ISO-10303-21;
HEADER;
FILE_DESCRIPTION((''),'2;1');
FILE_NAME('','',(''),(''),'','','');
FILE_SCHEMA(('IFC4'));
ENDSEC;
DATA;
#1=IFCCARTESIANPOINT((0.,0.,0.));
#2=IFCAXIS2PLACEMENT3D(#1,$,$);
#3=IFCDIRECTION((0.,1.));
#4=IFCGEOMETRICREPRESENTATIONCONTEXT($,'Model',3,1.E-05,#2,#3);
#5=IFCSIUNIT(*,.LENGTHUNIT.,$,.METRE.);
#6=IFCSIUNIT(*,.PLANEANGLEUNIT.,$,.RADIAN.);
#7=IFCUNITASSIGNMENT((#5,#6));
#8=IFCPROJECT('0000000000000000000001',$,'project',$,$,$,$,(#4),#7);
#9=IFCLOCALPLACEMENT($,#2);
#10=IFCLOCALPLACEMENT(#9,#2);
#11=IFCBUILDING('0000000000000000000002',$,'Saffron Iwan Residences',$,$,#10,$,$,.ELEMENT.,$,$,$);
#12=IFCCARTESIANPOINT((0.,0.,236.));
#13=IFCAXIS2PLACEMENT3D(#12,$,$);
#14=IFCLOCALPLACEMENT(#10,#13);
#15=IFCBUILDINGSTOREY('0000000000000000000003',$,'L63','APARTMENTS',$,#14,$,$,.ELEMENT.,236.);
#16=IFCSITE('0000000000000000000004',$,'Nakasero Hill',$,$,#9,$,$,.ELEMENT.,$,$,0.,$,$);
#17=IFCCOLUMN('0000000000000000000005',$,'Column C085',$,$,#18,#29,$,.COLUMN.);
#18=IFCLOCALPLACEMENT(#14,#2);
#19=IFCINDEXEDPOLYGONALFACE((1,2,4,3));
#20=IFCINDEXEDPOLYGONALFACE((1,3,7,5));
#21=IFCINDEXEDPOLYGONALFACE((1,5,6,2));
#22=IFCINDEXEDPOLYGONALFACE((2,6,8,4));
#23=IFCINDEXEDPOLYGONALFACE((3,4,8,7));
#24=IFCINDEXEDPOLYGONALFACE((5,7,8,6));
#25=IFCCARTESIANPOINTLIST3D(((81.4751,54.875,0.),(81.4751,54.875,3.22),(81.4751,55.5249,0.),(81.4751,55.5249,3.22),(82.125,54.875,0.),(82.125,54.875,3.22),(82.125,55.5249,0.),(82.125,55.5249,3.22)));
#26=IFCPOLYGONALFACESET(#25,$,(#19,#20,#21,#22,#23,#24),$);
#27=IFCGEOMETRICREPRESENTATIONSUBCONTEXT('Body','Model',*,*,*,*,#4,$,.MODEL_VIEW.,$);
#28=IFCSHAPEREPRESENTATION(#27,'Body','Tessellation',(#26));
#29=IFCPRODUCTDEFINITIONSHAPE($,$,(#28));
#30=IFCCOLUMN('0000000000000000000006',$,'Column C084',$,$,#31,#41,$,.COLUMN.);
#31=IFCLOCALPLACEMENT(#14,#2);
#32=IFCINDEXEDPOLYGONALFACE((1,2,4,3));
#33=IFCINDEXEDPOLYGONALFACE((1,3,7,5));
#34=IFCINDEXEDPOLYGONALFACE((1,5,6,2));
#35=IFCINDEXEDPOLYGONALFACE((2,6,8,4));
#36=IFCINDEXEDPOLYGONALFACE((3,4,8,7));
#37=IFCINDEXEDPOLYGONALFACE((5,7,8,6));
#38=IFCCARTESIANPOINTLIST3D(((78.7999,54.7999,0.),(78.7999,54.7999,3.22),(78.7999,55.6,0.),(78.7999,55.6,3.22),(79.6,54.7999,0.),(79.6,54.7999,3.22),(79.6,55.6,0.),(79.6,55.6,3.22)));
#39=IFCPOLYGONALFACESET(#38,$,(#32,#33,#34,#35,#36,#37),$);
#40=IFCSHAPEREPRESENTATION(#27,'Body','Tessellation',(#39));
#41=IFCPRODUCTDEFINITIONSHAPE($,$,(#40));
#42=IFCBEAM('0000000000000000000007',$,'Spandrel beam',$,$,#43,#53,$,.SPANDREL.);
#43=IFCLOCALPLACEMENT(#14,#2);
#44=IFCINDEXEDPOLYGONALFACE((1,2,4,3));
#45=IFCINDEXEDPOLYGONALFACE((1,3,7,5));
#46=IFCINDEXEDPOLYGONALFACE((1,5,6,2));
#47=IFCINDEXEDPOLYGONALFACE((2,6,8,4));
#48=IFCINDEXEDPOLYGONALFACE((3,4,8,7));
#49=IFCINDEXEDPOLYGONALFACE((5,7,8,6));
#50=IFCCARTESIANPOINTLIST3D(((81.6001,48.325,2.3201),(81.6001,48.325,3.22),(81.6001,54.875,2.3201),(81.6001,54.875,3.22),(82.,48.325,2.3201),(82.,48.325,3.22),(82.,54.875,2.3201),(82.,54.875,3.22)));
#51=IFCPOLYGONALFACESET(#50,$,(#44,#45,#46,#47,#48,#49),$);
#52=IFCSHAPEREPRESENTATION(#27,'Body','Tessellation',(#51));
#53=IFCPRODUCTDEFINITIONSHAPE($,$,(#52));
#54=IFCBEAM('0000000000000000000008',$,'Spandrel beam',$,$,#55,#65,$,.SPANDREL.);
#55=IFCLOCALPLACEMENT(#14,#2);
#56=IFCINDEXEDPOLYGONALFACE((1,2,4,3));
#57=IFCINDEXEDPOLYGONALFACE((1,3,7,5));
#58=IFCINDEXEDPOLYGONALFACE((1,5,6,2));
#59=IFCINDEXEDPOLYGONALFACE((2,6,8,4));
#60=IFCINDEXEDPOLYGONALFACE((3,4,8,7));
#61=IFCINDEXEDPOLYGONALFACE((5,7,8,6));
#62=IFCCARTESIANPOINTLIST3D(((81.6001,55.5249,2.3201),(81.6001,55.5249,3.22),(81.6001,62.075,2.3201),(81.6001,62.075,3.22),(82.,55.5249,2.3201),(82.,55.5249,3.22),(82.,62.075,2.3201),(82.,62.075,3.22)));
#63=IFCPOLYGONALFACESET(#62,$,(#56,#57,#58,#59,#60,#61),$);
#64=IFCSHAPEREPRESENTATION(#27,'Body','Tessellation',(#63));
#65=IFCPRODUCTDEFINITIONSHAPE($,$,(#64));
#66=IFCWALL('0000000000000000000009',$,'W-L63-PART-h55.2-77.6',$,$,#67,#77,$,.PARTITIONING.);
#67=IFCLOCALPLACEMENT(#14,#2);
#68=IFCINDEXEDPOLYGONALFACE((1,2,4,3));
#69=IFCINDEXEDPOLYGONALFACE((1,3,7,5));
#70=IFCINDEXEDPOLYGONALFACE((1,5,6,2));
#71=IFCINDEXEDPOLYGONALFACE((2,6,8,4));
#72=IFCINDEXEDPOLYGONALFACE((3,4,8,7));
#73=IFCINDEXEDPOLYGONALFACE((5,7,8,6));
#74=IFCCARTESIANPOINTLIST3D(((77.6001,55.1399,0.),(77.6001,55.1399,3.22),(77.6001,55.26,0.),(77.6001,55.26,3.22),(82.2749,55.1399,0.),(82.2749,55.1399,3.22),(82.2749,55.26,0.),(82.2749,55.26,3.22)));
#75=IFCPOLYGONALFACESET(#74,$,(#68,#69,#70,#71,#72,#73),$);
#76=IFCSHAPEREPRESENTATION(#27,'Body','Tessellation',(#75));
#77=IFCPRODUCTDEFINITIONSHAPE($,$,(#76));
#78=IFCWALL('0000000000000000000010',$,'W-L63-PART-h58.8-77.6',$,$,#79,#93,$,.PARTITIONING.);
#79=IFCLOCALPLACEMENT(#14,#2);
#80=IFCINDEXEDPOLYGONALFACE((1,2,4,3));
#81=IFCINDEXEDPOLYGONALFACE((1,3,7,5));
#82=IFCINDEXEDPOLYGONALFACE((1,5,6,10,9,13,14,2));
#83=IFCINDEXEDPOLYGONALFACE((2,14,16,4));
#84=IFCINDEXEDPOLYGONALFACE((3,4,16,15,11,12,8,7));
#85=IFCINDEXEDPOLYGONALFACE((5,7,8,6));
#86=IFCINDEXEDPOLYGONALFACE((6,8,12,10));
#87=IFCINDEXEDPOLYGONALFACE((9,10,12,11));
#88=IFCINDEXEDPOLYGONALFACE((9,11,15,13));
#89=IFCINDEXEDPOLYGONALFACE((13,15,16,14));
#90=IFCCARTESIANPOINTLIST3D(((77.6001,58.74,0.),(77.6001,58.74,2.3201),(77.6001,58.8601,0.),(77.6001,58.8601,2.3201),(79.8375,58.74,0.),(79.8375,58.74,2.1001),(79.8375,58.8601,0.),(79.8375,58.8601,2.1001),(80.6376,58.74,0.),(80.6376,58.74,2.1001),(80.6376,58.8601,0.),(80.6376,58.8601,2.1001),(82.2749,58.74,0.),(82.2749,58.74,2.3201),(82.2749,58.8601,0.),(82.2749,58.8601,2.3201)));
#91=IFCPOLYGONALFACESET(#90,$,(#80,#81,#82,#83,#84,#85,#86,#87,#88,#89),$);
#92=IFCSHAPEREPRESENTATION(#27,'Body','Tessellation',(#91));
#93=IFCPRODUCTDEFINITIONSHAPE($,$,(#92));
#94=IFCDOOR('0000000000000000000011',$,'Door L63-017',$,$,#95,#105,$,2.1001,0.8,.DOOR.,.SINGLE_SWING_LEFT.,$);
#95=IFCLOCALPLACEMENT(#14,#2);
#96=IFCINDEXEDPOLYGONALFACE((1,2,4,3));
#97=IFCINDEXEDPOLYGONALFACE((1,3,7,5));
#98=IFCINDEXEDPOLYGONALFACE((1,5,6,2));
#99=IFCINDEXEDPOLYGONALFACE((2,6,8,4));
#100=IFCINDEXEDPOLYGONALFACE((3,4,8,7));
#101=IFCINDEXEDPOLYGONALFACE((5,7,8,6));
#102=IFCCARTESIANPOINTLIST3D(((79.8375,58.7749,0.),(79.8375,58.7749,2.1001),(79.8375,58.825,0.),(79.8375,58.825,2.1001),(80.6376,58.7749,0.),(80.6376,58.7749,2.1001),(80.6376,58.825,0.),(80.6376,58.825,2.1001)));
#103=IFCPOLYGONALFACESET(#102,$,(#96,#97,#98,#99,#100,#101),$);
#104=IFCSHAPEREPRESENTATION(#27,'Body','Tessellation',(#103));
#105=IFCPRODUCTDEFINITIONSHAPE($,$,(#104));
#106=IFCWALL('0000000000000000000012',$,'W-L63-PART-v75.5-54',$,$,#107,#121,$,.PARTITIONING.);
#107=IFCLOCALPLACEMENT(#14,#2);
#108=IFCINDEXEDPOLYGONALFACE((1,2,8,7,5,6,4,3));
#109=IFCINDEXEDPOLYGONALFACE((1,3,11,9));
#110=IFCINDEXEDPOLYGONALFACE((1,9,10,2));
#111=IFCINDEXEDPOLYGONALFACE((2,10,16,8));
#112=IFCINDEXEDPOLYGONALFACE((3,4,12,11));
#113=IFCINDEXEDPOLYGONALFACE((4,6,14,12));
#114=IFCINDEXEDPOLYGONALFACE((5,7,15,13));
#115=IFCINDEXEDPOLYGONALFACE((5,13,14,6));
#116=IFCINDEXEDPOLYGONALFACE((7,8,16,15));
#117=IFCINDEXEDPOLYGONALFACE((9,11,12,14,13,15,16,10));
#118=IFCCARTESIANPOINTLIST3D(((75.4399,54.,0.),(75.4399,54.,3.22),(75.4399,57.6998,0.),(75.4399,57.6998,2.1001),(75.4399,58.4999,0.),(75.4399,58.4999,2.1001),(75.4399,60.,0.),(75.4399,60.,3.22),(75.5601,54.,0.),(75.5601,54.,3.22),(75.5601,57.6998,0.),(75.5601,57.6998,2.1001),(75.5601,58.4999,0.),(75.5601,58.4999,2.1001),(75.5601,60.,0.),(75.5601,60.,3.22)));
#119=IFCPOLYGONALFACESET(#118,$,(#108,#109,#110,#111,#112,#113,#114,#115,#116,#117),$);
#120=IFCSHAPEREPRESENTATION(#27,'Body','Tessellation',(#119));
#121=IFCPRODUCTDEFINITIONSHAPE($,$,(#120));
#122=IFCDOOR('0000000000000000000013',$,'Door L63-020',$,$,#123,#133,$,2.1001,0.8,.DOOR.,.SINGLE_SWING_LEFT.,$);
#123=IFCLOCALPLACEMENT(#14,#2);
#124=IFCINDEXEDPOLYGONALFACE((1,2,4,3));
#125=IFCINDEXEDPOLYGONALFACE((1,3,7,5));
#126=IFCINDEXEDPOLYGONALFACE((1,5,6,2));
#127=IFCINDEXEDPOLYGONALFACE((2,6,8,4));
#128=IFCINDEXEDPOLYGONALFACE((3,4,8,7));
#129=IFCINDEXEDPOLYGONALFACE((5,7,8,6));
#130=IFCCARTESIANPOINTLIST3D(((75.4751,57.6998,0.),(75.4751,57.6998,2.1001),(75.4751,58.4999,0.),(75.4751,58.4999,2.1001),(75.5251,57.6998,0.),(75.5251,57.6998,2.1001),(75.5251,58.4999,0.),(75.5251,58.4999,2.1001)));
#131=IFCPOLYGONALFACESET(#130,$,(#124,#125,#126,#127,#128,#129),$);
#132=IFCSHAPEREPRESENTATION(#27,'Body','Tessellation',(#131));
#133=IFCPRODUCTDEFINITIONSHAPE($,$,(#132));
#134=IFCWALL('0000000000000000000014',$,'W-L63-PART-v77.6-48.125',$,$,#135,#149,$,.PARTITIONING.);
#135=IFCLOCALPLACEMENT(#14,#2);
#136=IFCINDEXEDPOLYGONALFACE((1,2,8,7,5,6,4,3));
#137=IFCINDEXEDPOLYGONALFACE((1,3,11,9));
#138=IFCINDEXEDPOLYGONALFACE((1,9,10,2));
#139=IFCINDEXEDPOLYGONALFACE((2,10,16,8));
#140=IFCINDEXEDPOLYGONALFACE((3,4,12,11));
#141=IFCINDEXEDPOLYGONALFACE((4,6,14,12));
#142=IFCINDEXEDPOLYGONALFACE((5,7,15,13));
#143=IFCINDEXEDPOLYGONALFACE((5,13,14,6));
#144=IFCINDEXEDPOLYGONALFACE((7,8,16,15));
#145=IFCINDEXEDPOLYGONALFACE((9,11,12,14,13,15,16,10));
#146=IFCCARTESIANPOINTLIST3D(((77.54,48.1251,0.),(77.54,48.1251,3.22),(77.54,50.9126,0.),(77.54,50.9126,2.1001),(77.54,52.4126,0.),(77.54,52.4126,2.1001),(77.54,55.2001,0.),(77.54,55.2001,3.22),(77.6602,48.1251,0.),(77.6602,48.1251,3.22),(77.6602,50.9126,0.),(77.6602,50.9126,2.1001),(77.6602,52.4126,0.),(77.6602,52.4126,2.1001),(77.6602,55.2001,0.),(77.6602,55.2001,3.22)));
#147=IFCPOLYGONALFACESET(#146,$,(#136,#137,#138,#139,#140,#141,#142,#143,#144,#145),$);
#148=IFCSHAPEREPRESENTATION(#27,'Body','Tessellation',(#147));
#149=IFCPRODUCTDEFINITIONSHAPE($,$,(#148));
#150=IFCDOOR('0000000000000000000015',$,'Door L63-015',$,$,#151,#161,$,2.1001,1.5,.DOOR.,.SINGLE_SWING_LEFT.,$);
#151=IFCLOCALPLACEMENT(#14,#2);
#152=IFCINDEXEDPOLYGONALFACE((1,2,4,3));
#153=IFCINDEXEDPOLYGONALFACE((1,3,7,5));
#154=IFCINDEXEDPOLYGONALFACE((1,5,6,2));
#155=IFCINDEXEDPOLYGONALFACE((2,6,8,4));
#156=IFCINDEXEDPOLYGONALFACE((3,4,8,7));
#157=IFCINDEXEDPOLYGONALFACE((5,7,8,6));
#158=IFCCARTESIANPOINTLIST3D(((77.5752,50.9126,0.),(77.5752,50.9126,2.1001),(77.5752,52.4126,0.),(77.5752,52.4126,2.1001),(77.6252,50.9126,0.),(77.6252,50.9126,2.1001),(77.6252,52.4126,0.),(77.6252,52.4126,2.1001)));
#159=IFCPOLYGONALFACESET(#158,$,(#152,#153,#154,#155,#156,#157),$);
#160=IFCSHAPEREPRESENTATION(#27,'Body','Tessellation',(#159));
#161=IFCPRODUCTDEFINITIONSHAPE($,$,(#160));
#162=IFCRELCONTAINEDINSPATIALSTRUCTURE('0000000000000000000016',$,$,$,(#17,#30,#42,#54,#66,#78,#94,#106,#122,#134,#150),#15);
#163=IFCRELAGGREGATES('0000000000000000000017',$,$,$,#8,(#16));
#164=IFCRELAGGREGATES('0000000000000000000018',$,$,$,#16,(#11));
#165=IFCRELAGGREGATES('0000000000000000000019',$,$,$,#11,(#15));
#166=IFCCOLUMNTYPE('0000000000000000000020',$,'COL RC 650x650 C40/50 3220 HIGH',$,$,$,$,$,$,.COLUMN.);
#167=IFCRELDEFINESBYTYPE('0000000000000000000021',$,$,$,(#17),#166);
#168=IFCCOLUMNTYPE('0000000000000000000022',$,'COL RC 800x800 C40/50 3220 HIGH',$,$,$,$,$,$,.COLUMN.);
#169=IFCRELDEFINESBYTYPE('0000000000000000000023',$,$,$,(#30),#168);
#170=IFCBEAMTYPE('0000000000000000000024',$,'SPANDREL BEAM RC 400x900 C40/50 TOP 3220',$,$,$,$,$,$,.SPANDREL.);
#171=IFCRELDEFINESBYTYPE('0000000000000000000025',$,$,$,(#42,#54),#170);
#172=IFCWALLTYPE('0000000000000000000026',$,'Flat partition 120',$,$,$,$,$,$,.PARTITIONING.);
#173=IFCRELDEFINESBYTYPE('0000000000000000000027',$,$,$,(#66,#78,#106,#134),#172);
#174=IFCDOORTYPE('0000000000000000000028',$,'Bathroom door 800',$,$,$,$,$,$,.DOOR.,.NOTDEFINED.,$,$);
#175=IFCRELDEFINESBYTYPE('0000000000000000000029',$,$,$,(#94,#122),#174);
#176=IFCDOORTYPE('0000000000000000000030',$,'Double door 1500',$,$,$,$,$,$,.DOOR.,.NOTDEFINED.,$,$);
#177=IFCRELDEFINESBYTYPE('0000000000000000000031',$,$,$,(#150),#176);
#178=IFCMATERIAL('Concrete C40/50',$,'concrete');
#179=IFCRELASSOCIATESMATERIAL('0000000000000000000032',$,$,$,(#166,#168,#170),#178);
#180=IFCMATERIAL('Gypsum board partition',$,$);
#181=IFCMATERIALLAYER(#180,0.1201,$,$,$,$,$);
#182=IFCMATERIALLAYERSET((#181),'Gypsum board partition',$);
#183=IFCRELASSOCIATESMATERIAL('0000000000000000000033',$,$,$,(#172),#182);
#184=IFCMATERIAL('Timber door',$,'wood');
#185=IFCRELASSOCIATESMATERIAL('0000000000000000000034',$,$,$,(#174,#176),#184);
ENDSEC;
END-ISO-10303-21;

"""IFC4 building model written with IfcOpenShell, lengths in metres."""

from ifc_helpers import new_model, si_unit, direction, frame, frame_2d, origin, origin_2d, place, context, subcontext, project, spatial, rectangle, extrude, source, transform, mapped, material, layer, layer_set, material_profile, profile_set, type_object, element, fill, save


model = new_model("IFC4")

# Units and contexts
model_context = context("Model", 3, precision=1e-05, world=origin(), true_north=direction((0.0, 1.0)))
body_context = subcontext(model_context, "Body", "Model", "MODEL_VIEW")
ifc_project = project(units=[si_unit("LENGTHUNIT", "METRE"), si_unit("PLANEANGLEUNIT", "RADIAN")], contexts=[model_context])

# Site, building, storey
site_placement = place(None, origin())
site = spatial("IfcSite", under=ifc_project, at=site_placement, Name="Nakasero Hill", CompositionType="ELEMENT", RefElevation=0.0)
building_placement = place(site_placement, origin())
building = spatial("IfcBuilding", under=site, at=building_placement, Name="Saffron Iwan Residences", CompositionType="ELEMENT")
storey_placement = place(building_placement, frame((0.0, 0.0, 236.0)))
storey = spatial("IfcBuildingStorey", under=building, at=storey_placement, Name="L63", Description="APARTMENTS", CompositionType="ELEMENT", Elevation=236.0)

# Columns
ifc_material_1 = material(Name="Concrete C40/50", Category="concrete")
ifc_material_profile_1 = material_profile(ifc_material_1, rectangle(XDim=0.6499, YDim=0.6499, at=origin_2d()), Name="RC 650x650")
ifc_profile_set_1 = profile_set([ifc_material_profile_1], Name="Concrete C40/50")
column_type_1 = type_object("IfcColumnType", Name="COL RC 650x650 C40/50 3220 HIGH", PredefinedType="COLUMN", material=ifc_profile_set_1)
shared_shape_1 = source(origin(), body_context, "Body", "SweptSolid", [
    extrude(rectangle(XDim=0.6499, YDim=0.6499, at=origin_2d()), origin(), (0.0, 0.0, 1.0), 3.22),
])
column_1_placement = place(storey_placement, frame((81.8, 55.2, 0.0), z_axis=(0.0, 0.0, 1.0), x_axis=(1.0, 0.0, 0.0)))
element("IfcColumn", 1, at=column_1_placement, inside=storey, type_object=column_type_1, Name="Column C085", PredefinedType="COLUMN", context=body_context, shape_type="MappedRepresentation", body=[
    mapped(shared_shape_1, transform((0.0, 0.0, 0.0))),
])
ifc_material_profile_2 = material_profile(ifc_material_1, rectangle(XDim=0.8, YDim=0.8, at=origin_2d()), Name="RC 800x800")
ifc_profile_set_2 = profile_set([ifc_material_profile_2], Name="Concrete C40/50")
column_type_2 = type_object("IfcColumnType", Name="COL RC 800x800 C40/50 3220 HIGH", PredefinedType="COLUMN", material=ifc_profile_set_2)
shared_shape_2 = source(origin(), body_context, "Body", "SweptSolid", [
    extrude(rectangle(XDim=0.8, YDim=0.8, at=origin_2d()), origin(), (0.0, 0.0, 1.0), 3.22),
])
column_2_placement = place(storey_placement, frame((79.2, 55.2, 0.0), z_axis=(0.0, 0.0, 1.0), x_axis=(1.0, 0.0, 0.0)))
element("IfcColumn", 2, at=column_2_placement, inside=storey, type_object=column_type_2, Name="Column C084", PredefinedType="COLUMN", context=body_context, shape_type="MappedRepresentation", body=[
    mapped(shared_shape_2, transform((0.0, 0.0, 0.0))),
])

# Beams
ifc_material_profile_3 = material_profile(ifc_material_1, rectangle(XDim=0.3999, YDim=0.8999, at=origin_2d()), Name="RC 400x900")
ifc_profile_set_3 = profile_set([ifc_material_profile_3], Name="Concrete C40/50")
beam_type = type_object("IfcBeamType", Name="SPANDREL BEAM RC 400x900 C40/50 TOP 3220", PredefinedType="SPANDREL", material=ifc_profile_set_3)
shared_shape_3 = source(origin(), body_context, "Body", "SweptSolid", [
    extrude(rectangle(XDim=0.3999, YDim=0.8999, at=origin_2d()), origin(), (0.0, 0.0, 1.0), 6.55),
])
for number, where, z_axis, x_axis, name in (
    (3, (81.8, 54.875, 2.77), (0.0, -1.0, 0.0), (1.0, 0.0, 0.0), "Spandrel beam"),
    (4, (81.8, 62.075, 2.77), (0.0, -1.0, 0.0), (1.0, 0.0, 0.0), "Spandrel beam"),
):
    element("IfcBeam", number, at=place(storey_placement, frame(where, z_axis=z_axis, x_axis=x_axis)), inside=storey, type_object=beam_type, Name=name, PredefinedType="SPANDREL", context=body_context, shape_type="MappedRepresentation", body=[
        mapped(shared_shape_3, transform((0.0, 0.0, 0.0))),
    ])

# Wall
ifc_material_2 = material(Name="Gypsum board partition")
ifc_layer_1 = layer(ifc_material_2, 0.1201)
ifc_layer_set_1 = layer_set([ifc_layer_1], Name="Gypsum board partition")
wall_type_1 = type_object("IfcWallType", Name="Flat partition 120", PredefinedType="PARTITIONING", material=ifc_layer_set_1)
wall_1_placement = place(storey_placement, frame((77.6001, 55.2, 0.0), z_axis=(0.0, 0.0, 1.0), x_axis=(1.0, 0.0, 0.0)))
element("IfcWall", 5, at=wall_1_placement, inside=storey, type_object=wall_type_1, Name="W-L63-PART-h55.2-77.6", PredefinedType="PARTITIONING", context=body_context, shape_type="SweptSolid", body=[
    extrude(rectangle(XDim=4.6748, YDim=0.1201, at=frame_2d((2.3374, 0.0))), origin(), (0.0, 0.0, 1.0), 3.22),
])

# Walls, openings, doors
wall_2_placement = place(storey_placement, frame((77.6001, 58.8, 0.0), z_axis=(0.0, 0.0, 1.0), x_axis=(1.0, 0.0, 0.0)))
wall_2 = element("IfcWall", 6, at=wall_2_placement, inside=storey, type_object=wall_type_1, Name="W-L63-PART-h58.8-77.6", PredefinedType="PARTITIONING", context=body_context, shape_type="SweptSolid", body=[
    extrude(rectangle(XDim=4.6748, YDim=0.1201, at=frame_2d((2.3374, 0.0))), origin(), (0.0, 0.0, 1.0), 2.3201),
])
opening_1_placement = place(wall_2_placement, frame((2.2375, 0.0, 0.0)))
opening_1 = element("IfcOpeningElement", 7, at=opening_1_placement, cuts=wall_2, PredefinedType="OPENING", context=body_context, shape_type="SweptSolid", body=[
    extrude(rectangle(XDim=0.8, YDim=2.1001, at=frame_2d((0.3999, 1.05))), frame((0.0, 0.0701, 0.0), z_axis=(0.0, -1.0, 0.0), x_axis=(1.0, 0.0, 0.0)), (0.0, 0.0, 1.0), 0.1401),
])
ifc_material_3 = material(Name="Timber door", Category="wood")
door_type_1 = type_object("IfcDoorType", Name="Bathroom door 800", OperationType="NOTDEFINED", PredefinedType="DOOR", material=ifc_material_3)
door_1_placement = place(opening_1_placement, origin())
door_1 = element("IfcDoor", 8, at=door_1_placement, inside=storey, type_object=door_type_1, Name="Door L63-017", OperationType="SINGLE_SWING_LEFT", OverallHeight=2.1001, OverallWidth=0.8, PredefinedType="DOOR", context=body_context, shape_type="SweptSolid", body=[
    extrude(rectangle(XDim=0.8, YDim=2.1001, at=frame_2d((0.3999, 1.05))), frame((0.0, 0.0249, 0.0), z_axis=(0.0, -1.0, 0.0), x_axis=(1.0, 0.0, 0.0)), (0.0, 0.0, 1.0), 0.05),
])
fill(opening_1, door_1)
wall_3_placement = place(storey_placement, frame((75.5, 54.0, 0.0), z_axis=(0.0, 0.0, 1.0), x_axis=(0.0, 1.0, 0.0)))
wall_3 = element("IfcWall", 9, at=wall_3_placement, inside=storey, type_object=wall_type_1, Name="W-L63-PART-v75.5-54", PredefinedType="PARTITIONING", context=body_context, shape_type="SweptSolid", body=[
    extrude(rectangle(XDim=6.0, YDim=0.1201, at=frame_2d((3.0, 0.0))), origin(), (0.0, 0.0, 1.0), 3.22),
])
opening_2_placement = place(wall_3_placement, frame((3.7, 0.0, 0.0)))
opening_2 = element("IfcOpeningElement", 10, at=opening_2_placement, cuts=wall_3, PredefinedType="OPENING", context=body_context, shape_type="SweptSolid", body=[
    extrude(rectangle(XDim=0.8, YDim=2.1001, at=frame_2d((0.3999, 1.05))), frame((0.0, 0.0701, 0.0), z_axis=(0.0, -1.0, 0.0), x_axis=(1.0, 0.0, 0.0)), (0.0, 0.0, 1.0), 0.1401),
])
door_2_placement = place(opening_2_placement, origin())
door_2 = element("IfcDoor", 11, at=door_2_placement, inside=storey, type_object=door_type_1, Name="Door L63-020", OperationType="SINGLE_SWING_LEFT", OverallHeight=2.1001, OverallWidth=0.8, PredefinedType="DOOR", context=body_context, shape_type="SweptSolid", body=[
    extrude(rectangle(XDim=0.8, YDim=2.1001, at=frame_2d((0.3999, 1.05))), frame((0.0, 0.0249, 0.0), z_axis=(0.0, -1.0, 0.0), x_axis=(1.0, 0.0, 0.0)), (0.0, 0.0, 1.0), 0.05),
])
fill(opening_2, door_2)
wall_4_placement = place(storey_placement, frame((77.6001, 48.125, 0.0), z_axis=(0.0, 0.0, 1.0), x_axis=(0.0, 1.0, 0.0)))
wall_4 = element("IfcWall", 12, at=wall_4_placement, inside=storey, type_object=wall_type_1, Name="W-L63-PART-v77.6-48.125", PredefinedType="PARTITIONING", context=body_context, shape_type="SweptSolid", body=[
    extrude(rectangle(XDim=7.075, YDim=0.1201, at=frame_2d((3.5376, 0.0))), origin(), (0.0, 0.0, 1.0), 3.22),
])
opening_3_placement = place(wall_4_placement, frame((2.7876, 0.0, 0.0)))
opening_3 = element("IfcOpeningElement", 13, at=opening_3_placement, cuts=wall_4, PredefinedType="OPENING", context=body_context, shape_type="SweptSolid", body=[
    extrude(rectangle(XDim=1.5, YDim=2.1001, at=frame_2d((0.75, 1.05))), frame((0.0, 0.0701, 0.0), z_axis=(0.0, -1.0, 0.0), x_axis=(1.0, 0.0, 0.0)), (0.0, 0.0, 1.0), 0.1401),
])
door_type_2 = type_object("IfcDoorType", Name="Double door 1500", OperationType="NOTDEFINED", PredefinedType="DOOR", material=ifc_material_3)
door_3_placement = place(opening_3_placement, origin())
door_3 = element("IfcDoor", 14, at=door_3_placement, inside=storey, type_object=door_type_2, Name="Door L63-015", OperationType="SINGLE_SWING_LEFT", OverallHeight=2.1001, OverallWidth=1.5, PredefinedType="DOOR", context=body_context, shape_type="SweptSolid", body=[
    extrude(rectangle(XDim=1.5, YDim=2.1001, at=frame_2d((0.75, 1.05))), frame((0.0, 0.0249, 0.0), z_axis=(0.0, -1.0, 0.0), x_axis=(1.0, 0.0, 0.0)), (0.0, 0.0, 1.0), 0.05),
])
fill(opening_3, door_3)

save(model, "model.ifc")
